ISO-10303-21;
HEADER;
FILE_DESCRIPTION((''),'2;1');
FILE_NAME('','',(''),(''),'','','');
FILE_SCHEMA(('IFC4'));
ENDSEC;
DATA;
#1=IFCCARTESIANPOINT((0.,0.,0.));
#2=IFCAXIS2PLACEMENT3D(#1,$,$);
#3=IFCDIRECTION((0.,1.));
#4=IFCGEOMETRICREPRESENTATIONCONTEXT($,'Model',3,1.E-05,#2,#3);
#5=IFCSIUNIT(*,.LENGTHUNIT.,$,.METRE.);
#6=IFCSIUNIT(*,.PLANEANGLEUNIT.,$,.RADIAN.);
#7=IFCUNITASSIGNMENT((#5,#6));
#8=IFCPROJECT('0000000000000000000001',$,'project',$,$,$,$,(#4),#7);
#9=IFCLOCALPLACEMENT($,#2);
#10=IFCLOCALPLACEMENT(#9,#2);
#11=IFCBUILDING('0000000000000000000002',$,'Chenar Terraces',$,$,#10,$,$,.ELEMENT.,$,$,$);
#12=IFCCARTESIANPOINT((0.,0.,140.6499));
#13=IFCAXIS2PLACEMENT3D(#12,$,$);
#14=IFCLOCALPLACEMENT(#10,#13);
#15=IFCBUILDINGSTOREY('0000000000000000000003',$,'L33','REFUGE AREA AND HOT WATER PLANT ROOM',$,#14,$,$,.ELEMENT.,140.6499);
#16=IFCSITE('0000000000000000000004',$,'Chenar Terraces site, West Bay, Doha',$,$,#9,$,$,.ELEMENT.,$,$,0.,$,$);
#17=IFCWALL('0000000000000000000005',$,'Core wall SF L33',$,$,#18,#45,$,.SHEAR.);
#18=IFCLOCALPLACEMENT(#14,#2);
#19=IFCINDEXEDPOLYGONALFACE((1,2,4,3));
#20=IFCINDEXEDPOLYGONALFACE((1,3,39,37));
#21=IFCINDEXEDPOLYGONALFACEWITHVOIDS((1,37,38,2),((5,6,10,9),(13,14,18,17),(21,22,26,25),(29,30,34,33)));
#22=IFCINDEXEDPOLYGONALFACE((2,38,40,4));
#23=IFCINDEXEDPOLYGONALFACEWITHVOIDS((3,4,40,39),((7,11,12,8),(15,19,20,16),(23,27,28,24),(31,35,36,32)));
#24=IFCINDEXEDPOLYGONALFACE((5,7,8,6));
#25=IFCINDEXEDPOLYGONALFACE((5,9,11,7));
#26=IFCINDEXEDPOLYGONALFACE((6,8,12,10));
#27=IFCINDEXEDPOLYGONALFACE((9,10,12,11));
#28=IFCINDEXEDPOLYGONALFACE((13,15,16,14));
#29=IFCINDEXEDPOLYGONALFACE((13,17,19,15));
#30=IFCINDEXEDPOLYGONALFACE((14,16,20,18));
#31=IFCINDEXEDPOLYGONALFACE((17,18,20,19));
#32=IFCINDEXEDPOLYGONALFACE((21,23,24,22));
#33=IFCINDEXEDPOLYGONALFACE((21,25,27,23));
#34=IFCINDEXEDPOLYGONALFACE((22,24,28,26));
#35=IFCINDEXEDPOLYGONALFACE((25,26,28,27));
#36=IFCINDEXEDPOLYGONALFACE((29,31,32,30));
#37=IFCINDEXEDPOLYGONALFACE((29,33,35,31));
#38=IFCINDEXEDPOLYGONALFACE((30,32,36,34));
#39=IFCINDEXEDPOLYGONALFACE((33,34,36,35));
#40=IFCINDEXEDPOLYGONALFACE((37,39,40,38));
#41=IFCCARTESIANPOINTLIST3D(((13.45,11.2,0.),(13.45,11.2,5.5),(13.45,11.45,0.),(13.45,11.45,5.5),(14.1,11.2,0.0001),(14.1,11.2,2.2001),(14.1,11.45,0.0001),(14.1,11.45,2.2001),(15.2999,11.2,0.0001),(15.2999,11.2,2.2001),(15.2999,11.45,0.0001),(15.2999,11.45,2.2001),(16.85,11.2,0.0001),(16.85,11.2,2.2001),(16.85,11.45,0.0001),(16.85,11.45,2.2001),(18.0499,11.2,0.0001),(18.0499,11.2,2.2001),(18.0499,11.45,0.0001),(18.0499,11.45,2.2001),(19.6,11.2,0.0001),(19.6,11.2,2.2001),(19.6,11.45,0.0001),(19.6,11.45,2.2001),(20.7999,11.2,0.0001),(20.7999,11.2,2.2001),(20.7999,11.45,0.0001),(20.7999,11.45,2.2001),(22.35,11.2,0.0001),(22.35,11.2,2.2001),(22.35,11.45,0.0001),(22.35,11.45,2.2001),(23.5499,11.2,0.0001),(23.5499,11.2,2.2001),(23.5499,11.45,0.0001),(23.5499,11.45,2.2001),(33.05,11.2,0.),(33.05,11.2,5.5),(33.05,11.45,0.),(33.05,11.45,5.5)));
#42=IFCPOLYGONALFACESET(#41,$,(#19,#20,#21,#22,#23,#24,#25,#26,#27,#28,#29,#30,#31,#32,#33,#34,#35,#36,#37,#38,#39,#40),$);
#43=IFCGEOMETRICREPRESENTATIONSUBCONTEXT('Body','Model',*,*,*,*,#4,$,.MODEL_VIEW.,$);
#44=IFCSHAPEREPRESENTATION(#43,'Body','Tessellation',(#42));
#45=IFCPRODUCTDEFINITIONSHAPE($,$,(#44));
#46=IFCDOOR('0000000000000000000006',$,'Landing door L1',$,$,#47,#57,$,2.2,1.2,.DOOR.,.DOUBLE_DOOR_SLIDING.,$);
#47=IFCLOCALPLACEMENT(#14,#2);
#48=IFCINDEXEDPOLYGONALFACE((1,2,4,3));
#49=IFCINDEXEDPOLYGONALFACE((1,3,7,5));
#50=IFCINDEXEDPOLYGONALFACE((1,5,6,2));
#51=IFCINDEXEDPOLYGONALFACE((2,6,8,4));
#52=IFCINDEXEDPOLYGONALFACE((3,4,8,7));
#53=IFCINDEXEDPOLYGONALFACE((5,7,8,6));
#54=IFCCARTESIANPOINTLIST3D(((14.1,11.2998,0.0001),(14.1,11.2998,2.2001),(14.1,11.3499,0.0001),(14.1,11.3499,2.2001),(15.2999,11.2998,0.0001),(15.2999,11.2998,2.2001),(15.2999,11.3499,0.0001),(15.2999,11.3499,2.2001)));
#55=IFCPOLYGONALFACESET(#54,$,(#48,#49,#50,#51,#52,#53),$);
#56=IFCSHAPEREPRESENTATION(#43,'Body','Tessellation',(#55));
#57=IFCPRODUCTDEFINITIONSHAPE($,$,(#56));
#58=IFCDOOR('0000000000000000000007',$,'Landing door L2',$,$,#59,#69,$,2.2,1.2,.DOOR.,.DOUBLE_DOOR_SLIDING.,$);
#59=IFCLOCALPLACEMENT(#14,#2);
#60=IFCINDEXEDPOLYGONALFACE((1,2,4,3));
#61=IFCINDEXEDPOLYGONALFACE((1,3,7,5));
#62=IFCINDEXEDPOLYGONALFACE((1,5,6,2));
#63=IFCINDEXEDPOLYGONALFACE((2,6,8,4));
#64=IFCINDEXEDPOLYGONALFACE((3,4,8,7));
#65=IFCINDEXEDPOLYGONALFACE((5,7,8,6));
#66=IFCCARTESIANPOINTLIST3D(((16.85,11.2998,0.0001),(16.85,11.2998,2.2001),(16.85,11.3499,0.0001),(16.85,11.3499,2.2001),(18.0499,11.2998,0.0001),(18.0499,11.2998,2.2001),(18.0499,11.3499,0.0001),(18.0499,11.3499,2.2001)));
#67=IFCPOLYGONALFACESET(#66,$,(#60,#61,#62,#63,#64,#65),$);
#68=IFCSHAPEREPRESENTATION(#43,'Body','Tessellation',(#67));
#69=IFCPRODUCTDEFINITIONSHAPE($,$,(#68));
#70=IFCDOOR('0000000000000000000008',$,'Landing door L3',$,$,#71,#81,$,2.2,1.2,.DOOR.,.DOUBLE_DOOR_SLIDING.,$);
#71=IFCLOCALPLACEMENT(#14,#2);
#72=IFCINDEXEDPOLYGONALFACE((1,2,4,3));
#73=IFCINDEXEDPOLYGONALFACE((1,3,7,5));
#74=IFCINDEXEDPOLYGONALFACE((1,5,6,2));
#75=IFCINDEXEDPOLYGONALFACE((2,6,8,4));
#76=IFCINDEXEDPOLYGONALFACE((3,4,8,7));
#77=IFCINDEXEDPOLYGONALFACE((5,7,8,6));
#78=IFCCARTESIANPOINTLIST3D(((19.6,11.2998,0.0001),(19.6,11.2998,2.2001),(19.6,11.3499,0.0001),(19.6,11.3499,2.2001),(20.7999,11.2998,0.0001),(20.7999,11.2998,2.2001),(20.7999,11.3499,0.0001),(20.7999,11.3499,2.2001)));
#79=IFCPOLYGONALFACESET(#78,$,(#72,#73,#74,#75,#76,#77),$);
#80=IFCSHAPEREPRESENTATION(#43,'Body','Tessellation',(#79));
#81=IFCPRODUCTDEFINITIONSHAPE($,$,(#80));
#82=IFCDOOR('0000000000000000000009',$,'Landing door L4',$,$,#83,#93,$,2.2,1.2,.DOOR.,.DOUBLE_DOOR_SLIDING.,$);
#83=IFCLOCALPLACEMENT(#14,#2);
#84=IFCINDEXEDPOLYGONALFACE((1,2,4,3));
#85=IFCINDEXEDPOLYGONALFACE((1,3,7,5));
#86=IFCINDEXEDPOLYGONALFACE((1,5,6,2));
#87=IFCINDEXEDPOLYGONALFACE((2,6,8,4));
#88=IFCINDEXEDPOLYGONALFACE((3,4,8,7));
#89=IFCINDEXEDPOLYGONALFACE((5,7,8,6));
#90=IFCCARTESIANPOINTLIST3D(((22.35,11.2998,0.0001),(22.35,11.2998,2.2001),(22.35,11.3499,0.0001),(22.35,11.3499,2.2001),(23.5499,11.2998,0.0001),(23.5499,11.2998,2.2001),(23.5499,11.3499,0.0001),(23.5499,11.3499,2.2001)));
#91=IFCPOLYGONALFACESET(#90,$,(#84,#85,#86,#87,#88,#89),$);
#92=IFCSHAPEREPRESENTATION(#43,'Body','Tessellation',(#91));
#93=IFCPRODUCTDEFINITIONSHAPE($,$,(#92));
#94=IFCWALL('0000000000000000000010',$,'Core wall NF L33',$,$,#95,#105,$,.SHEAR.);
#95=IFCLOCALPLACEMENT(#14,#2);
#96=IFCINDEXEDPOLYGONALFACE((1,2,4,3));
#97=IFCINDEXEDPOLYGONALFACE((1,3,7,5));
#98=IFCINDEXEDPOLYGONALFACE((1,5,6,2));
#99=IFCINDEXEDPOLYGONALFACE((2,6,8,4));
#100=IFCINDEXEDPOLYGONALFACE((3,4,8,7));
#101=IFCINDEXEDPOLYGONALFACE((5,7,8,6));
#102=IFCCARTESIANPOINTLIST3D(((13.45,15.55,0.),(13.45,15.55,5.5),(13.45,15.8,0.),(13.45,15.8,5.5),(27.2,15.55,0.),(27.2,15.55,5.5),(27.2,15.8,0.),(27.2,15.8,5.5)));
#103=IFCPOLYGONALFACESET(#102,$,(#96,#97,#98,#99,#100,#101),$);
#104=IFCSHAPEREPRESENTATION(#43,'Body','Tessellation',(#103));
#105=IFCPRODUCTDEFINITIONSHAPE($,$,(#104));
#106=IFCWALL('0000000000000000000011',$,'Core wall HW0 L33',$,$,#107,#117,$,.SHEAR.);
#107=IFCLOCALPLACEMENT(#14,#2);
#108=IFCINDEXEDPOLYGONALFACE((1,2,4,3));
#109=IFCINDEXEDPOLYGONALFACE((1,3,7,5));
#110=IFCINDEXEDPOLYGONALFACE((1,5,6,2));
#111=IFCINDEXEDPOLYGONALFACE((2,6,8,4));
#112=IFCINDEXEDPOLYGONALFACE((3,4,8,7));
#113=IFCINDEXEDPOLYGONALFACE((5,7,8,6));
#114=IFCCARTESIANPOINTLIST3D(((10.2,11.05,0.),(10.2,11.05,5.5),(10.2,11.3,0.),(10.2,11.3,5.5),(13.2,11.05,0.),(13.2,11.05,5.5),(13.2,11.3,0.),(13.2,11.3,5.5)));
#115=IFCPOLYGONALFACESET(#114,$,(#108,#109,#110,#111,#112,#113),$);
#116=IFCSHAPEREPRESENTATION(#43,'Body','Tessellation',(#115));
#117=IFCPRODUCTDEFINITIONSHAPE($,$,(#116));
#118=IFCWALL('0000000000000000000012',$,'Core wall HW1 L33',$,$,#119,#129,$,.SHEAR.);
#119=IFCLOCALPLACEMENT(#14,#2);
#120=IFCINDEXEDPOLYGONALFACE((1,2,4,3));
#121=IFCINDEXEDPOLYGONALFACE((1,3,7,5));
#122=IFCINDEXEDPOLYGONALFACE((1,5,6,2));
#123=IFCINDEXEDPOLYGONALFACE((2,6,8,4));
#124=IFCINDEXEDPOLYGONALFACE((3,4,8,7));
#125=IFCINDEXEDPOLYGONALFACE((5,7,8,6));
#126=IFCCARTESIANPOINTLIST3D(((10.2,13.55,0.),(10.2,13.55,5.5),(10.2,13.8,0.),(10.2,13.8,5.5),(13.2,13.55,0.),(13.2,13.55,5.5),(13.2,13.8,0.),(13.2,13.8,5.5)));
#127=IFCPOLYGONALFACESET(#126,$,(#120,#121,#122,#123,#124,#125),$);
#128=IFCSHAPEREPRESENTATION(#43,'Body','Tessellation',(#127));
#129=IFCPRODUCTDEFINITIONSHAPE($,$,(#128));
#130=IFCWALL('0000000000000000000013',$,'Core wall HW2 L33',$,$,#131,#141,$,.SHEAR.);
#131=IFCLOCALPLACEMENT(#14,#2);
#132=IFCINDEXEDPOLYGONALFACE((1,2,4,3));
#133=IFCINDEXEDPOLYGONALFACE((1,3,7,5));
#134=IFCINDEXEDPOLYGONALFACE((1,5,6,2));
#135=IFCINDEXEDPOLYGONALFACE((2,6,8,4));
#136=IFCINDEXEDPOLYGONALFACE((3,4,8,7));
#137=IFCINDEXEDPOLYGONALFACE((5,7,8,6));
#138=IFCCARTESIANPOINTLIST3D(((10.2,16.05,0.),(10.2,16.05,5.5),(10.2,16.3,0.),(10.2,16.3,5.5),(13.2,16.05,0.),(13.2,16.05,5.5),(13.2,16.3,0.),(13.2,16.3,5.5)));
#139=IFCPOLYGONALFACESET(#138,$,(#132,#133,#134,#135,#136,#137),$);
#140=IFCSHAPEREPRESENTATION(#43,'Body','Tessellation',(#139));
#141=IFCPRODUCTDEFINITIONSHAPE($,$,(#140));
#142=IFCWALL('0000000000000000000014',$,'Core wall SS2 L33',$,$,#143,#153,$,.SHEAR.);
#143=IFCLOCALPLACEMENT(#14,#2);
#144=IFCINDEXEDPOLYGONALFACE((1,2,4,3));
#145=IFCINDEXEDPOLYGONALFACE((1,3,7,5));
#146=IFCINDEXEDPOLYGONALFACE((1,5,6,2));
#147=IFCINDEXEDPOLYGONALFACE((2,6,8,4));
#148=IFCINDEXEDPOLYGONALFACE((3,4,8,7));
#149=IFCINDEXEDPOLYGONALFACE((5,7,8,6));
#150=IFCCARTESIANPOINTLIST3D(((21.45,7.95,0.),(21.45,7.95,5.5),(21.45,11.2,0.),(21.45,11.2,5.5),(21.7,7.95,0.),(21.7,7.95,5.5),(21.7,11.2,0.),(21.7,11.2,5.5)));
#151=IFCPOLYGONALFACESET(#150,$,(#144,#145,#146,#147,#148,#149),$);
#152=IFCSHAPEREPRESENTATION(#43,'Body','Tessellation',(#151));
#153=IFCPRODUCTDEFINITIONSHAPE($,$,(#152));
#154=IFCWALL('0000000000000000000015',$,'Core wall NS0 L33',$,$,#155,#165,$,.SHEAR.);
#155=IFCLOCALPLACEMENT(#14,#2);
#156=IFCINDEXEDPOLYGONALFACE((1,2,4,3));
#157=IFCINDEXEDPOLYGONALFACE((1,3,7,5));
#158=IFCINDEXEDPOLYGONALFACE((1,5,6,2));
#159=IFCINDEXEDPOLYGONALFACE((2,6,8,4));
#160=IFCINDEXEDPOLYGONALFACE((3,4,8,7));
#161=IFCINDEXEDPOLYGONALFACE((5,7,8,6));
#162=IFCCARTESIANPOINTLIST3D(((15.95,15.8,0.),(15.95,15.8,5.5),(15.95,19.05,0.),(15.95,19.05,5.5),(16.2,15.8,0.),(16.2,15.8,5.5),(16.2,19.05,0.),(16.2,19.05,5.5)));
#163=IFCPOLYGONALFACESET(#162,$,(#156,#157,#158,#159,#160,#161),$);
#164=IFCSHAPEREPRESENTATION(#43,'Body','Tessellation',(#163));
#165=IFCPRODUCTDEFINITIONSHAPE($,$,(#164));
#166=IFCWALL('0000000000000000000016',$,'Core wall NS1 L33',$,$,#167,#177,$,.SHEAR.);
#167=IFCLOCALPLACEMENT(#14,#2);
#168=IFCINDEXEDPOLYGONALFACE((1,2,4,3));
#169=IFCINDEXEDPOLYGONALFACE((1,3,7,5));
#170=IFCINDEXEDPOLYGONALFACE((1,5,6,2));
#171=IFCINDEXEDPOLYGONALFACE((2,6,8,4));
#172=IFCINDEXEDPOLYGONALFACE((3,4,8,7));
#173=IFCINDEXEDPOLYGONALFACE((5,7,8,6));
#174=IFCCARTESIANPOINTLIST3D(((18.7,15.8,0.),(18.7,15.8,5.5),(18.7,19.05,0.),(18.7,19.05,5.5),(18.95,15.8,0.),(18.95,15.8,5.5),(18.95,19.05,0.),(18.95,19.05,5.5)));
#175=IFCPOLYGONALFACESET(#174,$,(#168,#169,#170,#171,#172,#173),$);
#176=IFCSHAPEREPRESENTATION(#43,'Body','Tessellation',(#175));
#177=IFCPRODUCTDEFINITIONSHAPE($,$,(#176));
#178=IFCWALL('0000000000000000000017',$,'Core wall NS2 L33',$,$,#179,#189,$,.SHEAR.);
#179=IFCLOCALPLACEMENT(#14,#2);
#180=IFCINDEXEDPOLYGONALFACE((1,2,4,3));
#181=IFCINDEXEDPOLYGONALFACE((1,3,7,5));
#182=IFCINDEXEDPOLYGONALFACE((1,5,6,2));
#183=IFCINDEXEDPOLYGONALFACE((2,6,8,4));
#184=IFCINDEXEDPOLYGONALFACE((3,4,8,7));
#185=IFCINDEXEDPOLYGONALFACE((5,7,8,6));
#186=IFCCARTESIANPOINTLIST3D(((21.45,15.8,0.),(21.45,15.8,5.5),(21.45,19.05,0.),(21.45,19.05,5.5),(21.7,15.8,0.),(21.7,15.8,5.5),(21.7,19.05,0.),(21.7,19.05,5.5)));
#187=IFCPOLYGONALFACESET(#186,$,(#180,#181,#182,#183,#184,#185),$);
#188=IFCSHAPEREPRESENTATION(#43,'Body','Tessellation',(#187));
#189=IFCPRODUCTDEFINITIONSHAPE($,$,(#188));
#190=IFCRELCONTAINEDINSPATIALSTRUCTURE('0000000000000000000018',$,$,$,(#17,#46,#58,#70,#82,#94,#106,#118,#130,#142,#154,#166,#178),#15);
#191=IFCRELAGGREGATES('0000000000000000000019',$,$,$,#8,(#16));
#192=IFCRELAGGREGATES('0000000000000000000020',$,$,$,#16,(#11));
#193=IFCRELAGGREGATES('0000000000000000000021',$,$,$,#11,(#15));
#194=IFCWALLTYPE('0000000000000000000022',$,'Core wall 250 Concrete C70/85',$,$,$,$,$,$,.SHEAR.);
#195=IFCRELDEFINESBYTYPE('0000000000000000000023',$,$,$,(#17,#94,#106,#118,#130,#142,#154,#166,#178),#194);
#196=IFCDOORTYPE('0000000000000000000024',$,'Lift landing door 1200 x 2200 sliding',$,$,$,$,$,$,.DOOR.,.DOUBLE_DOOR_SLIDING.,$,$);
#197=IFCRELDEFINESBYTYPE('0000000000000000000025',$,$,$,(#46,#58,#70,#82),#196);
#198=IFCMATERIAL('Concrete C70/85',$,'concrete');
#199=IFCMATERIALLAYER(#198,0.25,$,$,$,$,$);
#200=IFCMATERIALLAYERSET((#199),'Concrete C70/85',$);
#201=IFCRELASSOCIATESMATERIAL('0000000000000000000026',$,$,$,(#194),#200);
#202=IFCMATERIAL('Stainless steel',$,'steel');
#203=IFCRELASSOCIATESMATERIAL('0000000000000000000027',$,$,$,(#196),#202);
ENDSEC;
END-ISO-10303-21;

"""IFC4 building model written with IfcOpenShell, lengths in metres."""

from ifc_helpers import new_model, si_unit, direction, frame, frame_2d, origin, place, context, subcontext, project, spatial, rectangle, extrude, material, layer, layer_set, type_object, element, fill, save


model = new_model("IFC4")

# Units and contexts
model_context = context("Model", 3, precision=1e-05, world=origin(), true_north=direction((0.0, 1.0)))
body_context = subcontext(model_context, "Body", "Model", "MODEL_VIEW")
ifc_project = project(units=[si_unit("LENGTHUNIT", "METRE"), si_unit("PLANEANGLEUNIT", "RADIAN")], contexts=[model_context])

# Site, building, storey
site_placement = place(None, origin())
site = spatial("IfcSite", under=ifc_project, at=site_placement, Name="Chenar Terraces site, West Bay, Doha", CompositionType="ELEMENT", RefElevation=0.0)
building_placement = place(site_placement, origin())
building = spatial("IfcBuilding", under=site, at=building_placement, Name="Chenar Terraces", CompositionType="ELEMENT")
storey_placement = place(building_placement, frame((0.0, 0.0, 140.6499)))
storey = spatial("IfcBuildingStorey", under=building, at=storey_placement, Name="L33", Description="REFUGE AREA AND HOT WATER PLANT ROOM", CompositionType="ELEMENT", Elevation=140.6499)

# Wall, openings, doors
ifc_material_1 = material(Name="Concrete C70/85", Category="concrete")
ifc_layer_1 = layer(ifc_material_1, 0.25)
ifc_layer_set_1 = layer_set([ifc_layer_1], Name="Concrete C70/85")
wall_type_1 = type_object("IfcWallType", Name="Core wall 250 Concrete C70/85", PredefinedType="SHEAR", material=ifc_layer_set_1)
wall_1_placement = place(storey_placement, frame((13.45, 11.325, 0.0), z_axis=(0.0, 0.0, 1.0), x_axis=(1.0, 0.0, 0.0)))
wall_1 = element("IfcWall", 1, at=wall_1_placement, inside=storey, type_object=wall_type_1, Name="Core wall SF L33", PredefinedType="SHEAR", context=body_context, shape_type="SweptSolid", body=[
    extrude(rectangle(XDim=19.6001, YDim=0.25, at=frame_2d((9.8, 0.0))), origin(), (0.0, 0.0, 1.0), 5.5),
])
opening_1_placement = place(wall_1_placement, frame((0.6499, 0.0, 0.0)))
opening_1 = element("IfcOpeningElement", 2, at=opening_1_placement, cuts=wall_1, PredefinedType="OPENING", context=body_context, shape_type="SweptSolid", body=[
    extrude(rectangle(XDim=1.2, YDim=2.2, at=frame_2d((0.6001, 1.1001))), frame((0.0, 0.135, 0.0), z_axis=(0.0, -1.0, 0.0), x_axis=(1.0, 0.0, 0.0)), (0.0, 0.0, 1.0), 0.27),
])
opening_2_placement = place(wall_1_placement, frame((3.3999, 0.0, 0.0)))
opening_2 = element("IfcOpeningElement", 3, at=opening_2_placement, cuts=wall_1, PredefinedType="OPENING", context=body_context, shape_type="SweptSolid", body=[
    extrude(rectangle(XDim=1.2, YDim=2.2, at=frame_2d((0.6001, 1.1001))), frame((0.0, 0.135, 0.0), z_axis=(0.0, -1.0, 0.0), x_axis=(1.0, 0.0, 0.0)), (0.0, 0.0, 1.0), 0.27),
])
opening_3_placement = place(wall_1_placement, frame((6.1499, 0.0, 0.0)))
opening_3 = element("IfcOpeningElement", 4, at=opening_3_placement, cuts=wall_1, PredefinedType="OPENING", context=body_context, shape_type="SweptSolid", body=[
    extrude(rectangle(XDim=1.2, YDim=2.2, at=frame_2d((0.6001, 1.1001))), frame((0.0, 0.135, 0.0), z_axis=(0.0, -1.0, 0.0), x_axis=(1.0, 0.0, 0.0)), (0.0, 0.0, 1.0), 0.27),
])
opening_4_placement = place(wall_1_placement, frame((8.8999, 0.0, 0.0)))
opening_4 = element("IfcOpeningElement", 5, at=opening_4_placement, cuts=wall_1, PredefinedType="OPENING", context=body_context, shape_type="SweptSolid", body=[
    extrude(rectangle(XDim=1.2, YDim=2.2, at=frame_2d((0.6001, 1.1001))), frame((0.0, 0.135, 0.0), z_axis=(0.0, -1.0, 0.0), x_axis=(1.0, 0.0, 0.0)), (0.0, 0.0, 1.0), 0.27),
])
ifc_material_2 = material(Name="Stainless steel", Category="steel")
door_type_1 = type_object("IfcDoorType", Name="Lift landing door 1200 x 2200 sliding", OperationType="DOUBLE_DOOR_SLIDING", PredefinedType="DOOR", material=ifc_material_2)
door_1_placement = place(opening_1_placement, origin())
door_1 = element("IfcDoor", 6, at=door_1_placement, inside=storey, type_object=door_type_1, Name="Landing door L1", OperationType="DOUBLE_DOOR_SLIDING", OverallHeight=2.2, OverallWidth=1.2, PredefinedType="DOOR", context=body_context, shape_type="SweptSolid", body=[
    extrude(rectangle(XDim=1.2, YDim=2.2, at=frame_2d((0.6001, 1.1001))), frame((0.0, 0.0249, 0.0), z_axis=(0.0, -1.0, 0.0), x_axis=(1.0, 0.0, 0.0)), (0.0, 0.0, 1.0), 0.05),
])
fill(opening_1, door_1)
door_2_placement = place(opening_2_placement, origin())
door_2 = element("IfcDoor", 7, at=door_2_placement, inside=storey, type_object=door_type_1, Name="Landing door L2", OperationType="DOUBLE_DOOR_SLIDING", OverallHeight=2.2, OverallWidth=1.2, PredefinedType="DOOR", context=body_context, shape_type="SweptSolid", body=[
    extrude(rectangle(XDim=1.2, YDim=2.2, at=frame_2d((0.6001, 1.1001))), frame((0.0, 0.0249, 0.0), z_axis=(0.0, -1.0, 0.0), x_axis=(1.0, 0.0, 0.0)), (0.0, 0.0, 1.0), 0.05),
])
fill(opening_2, door_2)
door_3_placement = place(opening_3_placement, origin())
door_3 = element("IfcDoor", 8, at=door_3_placement, inside=storey, type_object=door_type_1, Name="Landing door L3", OperationType="DOUBLE_DOOR_SLIDING", OverallHeight=2.2, OverallWidth=1.2, PredefinedType="DOOR", context=body_context, shape_type="SweptSolid", body=[
    extrude(rectangle(XDim=1.2, YDim=2.2, at=frame_2d((0.6001, 1.1001))), frame((0.0, 0.0249, 0.0), z_axis=(0.0, -1.0, 0.0), x_axis=(1.0, 0.0, 0.0)), (0.0, 0.0, 1.0), 0.05),
])
fill(opening_3, door_3)
door_4_placement = place(opening_4_placement, origin())
door_4 = element("IfcDoor", 9, at=door_4_placement, inside=storey, type_object=door_type_1, Name="Landing door L4", OperationType="DOUBLE_DOOR_SLIDING", OverallHeight=2.2, OverallWidth=1.2, PredefinedType="DOOR", context=body_context, shape_type="SweptSolid", body=[
    extrude(rectangle(XDim=1.2, YDim=2.2, at=frame_2d((0.6001, 1.1001))), frame((0.0, 0.0249, 0.0), z_axis=(0.0, -1.0, 0.0), x_axis=(1.0, 0.0, 0.0)), (0.0, 0.0, 1.0), 0.05),
])
fill(opening_4, door_4)

# Walls
wall_2_placement = place(storey_placement, frame((13.45, 15.675, 0.0), z_axis=(0.0, 0.0, 1.0), x_axis=(1.0, 0.0, 0.0)))
element("IfcWall", 10, at=wall_2_placement, inside=storey, type_object=wall_type_1, Name="Core wall NF L33", PredefinedType="SHEAR", context=body_context, shape_type="SweptSolid", body=[
    extrude(rectangle(XDim=13.75, YDim=0.25, at=frame_2d((6.875, 0.0))), origin(), (0.0, 0.0, 1.0), 5.5),
])
for number, where, z_axis, x_axis, name in (
    (11, (10.2, 11.175, 0.0), (0.0, 0.0, 1.0), (1.0, 0.0, 0.0), "Core wall HW0 L33"),
    (12, (10.2, 13.675, 0.0), (0.0, 0.0, 1.0), (1.0, 0.0, 0.0), "Core wall HW1 L33"),
    (13, (10.2, 16.175, 0.0), (0.0, 0.0, 1.0), (1.0, 0.0, 0.0), "Core wall HW2 L33"),
):
    element("IfcWall", number, at=place(storey_placement, frame(where, z_axis=z_axis, x_axis=x_axis)), inside=storey, type_object=wall_type_1, Name=name, PredefinedType="SHEAR", context=body_context, shape_type="SweptSolid", body=[
        extrude(rectangle(XDim=3.0, YDim=0.25, at=frame_2d((1.5, 0.0))), origin(), (0.0, 0.0, 1.0), 5.5),
    ])
for number, where, z_axis, x_axis, name in (
    (14, (21.575, 7.95, 0.0), (0.0, 0.0, 1.0), (0.0, 1.0, 0.0), "Core wall SS2 L33"),
    (15, (16.075, 15.8, 0.0), (0.0, 0.0, 1.0), (0.0, 1.0, 0.0), "Core wall NS0 L33"),
    (16, (18.825, 15.8, 0.0), (0.0, 0.0, 1.0), (0.0, 1.0, 0.0), "Core wall NS1 L33"),
    (17, (21.575, 15.8, 0.0), (0.0, 0.0, 1.0), (0.0, 1.0, 0.0), "Core wall NS2 L33"),
):
    element("IfcWall", number, at=place(storey_placement, frame(where, z_axis=z_axis, x_axis=x_axis)), inside=storey, type_object=wall_type_1, Name=name, PredefinedType="SHEAR", context=body_context, shape_type="SweptSolid", body=[
        extrude(rectangle(XDim=3.25, YDim=0.25, at=frame_2d((1.625, 0.0))), origin(), (0.0, 0.0, 1.0), 5.5),
    ])

save(model, "model.ifc")
